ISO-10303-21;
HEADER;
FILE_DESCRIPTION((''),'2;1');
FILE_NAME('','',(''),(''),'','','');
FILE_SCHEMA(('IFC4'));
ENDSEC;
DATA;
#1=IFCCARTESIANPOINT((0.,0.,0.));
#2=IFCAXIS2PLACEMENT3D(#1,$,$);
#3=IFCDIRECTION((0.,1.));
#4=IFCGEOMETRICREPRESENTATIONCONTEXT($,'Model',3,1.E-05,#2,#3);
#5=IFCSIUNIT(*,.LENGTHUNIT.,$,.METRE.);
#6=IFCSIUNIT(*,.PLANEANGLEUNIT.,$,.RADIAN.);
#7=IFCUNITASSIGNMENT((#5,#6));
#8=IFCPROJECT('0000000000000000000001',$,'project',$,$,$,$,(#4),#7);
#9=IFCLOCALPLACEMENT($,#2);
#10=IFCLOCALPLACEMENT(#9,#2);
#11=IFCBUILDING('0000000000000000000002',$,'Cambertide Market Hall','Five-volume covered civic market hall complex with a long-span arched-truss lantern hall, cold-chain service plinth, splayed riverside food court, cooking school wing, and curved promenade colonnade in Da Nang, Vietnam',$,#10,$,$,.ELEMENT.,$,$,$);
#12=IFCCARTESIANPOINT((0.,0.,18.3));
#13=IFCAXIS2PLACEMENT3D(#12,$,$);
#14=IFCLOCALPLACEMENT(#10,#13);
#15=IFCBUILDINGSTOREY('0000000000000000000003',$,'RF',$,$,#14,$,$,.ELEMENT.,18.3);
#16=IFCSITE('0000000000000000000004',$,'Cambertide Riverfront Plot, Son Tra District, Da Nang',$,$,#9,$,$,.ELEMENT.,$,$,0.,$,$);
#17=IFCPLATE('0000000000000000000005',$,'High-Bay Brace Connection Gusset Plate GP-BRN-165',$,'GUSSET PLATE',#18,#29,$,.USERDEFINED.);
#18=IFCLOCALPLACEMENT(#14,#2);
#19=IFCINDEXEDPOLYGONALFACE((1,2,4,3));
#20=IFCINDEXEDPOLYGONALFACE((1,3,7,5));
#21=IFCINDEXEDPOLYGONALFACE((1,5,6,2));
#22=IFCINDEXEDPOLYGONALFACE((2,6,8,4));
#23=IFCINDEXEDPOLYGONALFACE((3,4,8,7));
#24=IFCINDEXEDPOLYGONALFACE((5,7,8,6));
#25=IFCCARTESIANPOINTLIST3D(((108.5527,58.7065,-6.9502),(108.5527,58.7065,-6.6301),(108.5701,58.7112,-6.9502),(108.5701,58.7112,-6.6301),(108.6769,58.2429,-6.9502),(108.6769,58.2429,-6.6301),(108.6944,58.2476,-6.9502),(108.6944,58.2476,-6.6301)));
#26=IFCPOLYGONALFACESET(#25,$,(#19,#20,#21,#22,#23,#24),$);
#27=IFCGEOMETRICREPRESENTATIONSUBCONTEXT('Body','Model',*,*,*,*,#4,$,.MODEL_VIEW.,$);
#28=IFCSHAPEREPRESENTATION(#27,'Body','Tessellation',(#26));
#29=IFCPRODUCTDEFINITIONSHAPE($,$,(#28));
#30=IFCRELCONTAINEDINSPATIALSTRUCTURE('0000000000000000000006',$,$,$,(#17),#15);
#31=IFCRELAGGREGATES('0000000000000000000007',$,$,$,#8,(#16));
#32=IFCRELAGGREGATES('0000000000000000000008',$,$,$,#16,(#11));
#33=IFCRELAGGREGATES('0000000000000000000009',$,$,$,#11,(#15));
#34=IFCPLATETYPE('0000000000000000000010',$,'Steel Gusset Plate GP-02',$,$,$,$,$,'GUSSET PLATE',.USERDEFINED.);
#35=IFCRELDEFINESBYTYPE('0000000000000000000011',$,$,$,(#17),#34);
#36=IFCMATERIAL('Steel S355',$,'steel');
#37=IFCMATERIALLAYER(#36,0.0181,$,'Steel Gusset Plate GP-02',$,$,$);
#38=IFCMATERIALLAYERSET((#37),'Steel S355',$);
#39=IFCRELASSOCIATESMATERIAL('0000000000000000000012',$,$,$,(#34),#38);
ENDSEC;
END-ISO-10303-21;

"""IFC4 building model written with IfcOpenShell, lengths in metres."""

from ifc_helpers import new_model, si_unit, direction, frame, origin, origin_2d, place, context, subcontext, project, spatial, rectangle, extrude, material, layer, layer_set, type_object, element, save


model = new_model("IFC4")

# Units and contexts
model_context = context("Model", 3, precision=1e-05, world=origin(), true_north=direction((0.0, 1.0)))
body_context = subcontext(model_context, "Body", "Model", "MODEL_VIEW")
ifc_project = project(units=[si_unit("LENGTHUNIT", "METRE"), si_unit("PLANEANGLEUNIT", "RADIAN")], contexts=[model_context])

# Site, building, storey
site_placement = place(None, origin())
site = spatial("IfcSite", under=ifc_project, at=site_placement, Name="Cambertide Riverfront Plot, Son Tra District, Da Nang", CompositionType="ELEMENT", RefElevation=0.0)
building_placement = place(site_placement, origin())
building = spatial("IfcBuilding", under=site, at=building_placement, Name="Cambertide Market Hall", Description="Five-volume covered civic market hall complex with a long-span arched-truss lantern hall, cold-chain service plinth, splayed riverside food court, cooking school wing, and curved promenade colonnade in Da Nang, Vietnam", CompositionType="ELEMENT")
storey_placement = place(building_placement, frame((0.0, 0.0, 18.3)))
storey = spatial("IfcBuildingStorey", under=building, at=storey_placement, Name="RF", CompositionType="ELEMENT", Elevation=18.3)

# Plate
ifc_material_1 = material(Name="Steel S355", Category="steel")
ifc_layer_1 = layer(ifc_material_1, 0.0181, Name="Steel Gusset Plate GP-02")
ifc_layer_set_1 = layer_set([ifc_layer_1], Name="Steel S355")
plate_type_1 = type_object("IfcPlateType", Name="Steel Gusset Plate GP-02", ElementType="GUSSET PLATE", PredefinedType="USERDEFINED", material=ifc_layer_set_1)
for number, where, z_axis, x_axis, name in (
    (1, (108.6235, 58.4771, -6.9502), (0.0, 0.0, 1.0), (-0.258819, 0.965926, 0.0), "High-Bay Brace Connection Gusset Plate GP-BRN-165"),
):
    element("IfcPlate", number, at=place(storey_placement, frame(where, z_axis=z_axis, x_axis=x_axis)), inside=storey, type_object=plate_type_1, Name=name, ObjectType="GUSSET PLATE", PredefinedType="USERDEFINED", context=body_context, shape_type="SweptSolid", body=[
        extrude(rectangle(XDim=0.48, YDim=0.0181, at=origin_2d()), origin(), (0.0, 0.0, 1.0), 0.3201),
    ])

save(model, "model.ifc")
